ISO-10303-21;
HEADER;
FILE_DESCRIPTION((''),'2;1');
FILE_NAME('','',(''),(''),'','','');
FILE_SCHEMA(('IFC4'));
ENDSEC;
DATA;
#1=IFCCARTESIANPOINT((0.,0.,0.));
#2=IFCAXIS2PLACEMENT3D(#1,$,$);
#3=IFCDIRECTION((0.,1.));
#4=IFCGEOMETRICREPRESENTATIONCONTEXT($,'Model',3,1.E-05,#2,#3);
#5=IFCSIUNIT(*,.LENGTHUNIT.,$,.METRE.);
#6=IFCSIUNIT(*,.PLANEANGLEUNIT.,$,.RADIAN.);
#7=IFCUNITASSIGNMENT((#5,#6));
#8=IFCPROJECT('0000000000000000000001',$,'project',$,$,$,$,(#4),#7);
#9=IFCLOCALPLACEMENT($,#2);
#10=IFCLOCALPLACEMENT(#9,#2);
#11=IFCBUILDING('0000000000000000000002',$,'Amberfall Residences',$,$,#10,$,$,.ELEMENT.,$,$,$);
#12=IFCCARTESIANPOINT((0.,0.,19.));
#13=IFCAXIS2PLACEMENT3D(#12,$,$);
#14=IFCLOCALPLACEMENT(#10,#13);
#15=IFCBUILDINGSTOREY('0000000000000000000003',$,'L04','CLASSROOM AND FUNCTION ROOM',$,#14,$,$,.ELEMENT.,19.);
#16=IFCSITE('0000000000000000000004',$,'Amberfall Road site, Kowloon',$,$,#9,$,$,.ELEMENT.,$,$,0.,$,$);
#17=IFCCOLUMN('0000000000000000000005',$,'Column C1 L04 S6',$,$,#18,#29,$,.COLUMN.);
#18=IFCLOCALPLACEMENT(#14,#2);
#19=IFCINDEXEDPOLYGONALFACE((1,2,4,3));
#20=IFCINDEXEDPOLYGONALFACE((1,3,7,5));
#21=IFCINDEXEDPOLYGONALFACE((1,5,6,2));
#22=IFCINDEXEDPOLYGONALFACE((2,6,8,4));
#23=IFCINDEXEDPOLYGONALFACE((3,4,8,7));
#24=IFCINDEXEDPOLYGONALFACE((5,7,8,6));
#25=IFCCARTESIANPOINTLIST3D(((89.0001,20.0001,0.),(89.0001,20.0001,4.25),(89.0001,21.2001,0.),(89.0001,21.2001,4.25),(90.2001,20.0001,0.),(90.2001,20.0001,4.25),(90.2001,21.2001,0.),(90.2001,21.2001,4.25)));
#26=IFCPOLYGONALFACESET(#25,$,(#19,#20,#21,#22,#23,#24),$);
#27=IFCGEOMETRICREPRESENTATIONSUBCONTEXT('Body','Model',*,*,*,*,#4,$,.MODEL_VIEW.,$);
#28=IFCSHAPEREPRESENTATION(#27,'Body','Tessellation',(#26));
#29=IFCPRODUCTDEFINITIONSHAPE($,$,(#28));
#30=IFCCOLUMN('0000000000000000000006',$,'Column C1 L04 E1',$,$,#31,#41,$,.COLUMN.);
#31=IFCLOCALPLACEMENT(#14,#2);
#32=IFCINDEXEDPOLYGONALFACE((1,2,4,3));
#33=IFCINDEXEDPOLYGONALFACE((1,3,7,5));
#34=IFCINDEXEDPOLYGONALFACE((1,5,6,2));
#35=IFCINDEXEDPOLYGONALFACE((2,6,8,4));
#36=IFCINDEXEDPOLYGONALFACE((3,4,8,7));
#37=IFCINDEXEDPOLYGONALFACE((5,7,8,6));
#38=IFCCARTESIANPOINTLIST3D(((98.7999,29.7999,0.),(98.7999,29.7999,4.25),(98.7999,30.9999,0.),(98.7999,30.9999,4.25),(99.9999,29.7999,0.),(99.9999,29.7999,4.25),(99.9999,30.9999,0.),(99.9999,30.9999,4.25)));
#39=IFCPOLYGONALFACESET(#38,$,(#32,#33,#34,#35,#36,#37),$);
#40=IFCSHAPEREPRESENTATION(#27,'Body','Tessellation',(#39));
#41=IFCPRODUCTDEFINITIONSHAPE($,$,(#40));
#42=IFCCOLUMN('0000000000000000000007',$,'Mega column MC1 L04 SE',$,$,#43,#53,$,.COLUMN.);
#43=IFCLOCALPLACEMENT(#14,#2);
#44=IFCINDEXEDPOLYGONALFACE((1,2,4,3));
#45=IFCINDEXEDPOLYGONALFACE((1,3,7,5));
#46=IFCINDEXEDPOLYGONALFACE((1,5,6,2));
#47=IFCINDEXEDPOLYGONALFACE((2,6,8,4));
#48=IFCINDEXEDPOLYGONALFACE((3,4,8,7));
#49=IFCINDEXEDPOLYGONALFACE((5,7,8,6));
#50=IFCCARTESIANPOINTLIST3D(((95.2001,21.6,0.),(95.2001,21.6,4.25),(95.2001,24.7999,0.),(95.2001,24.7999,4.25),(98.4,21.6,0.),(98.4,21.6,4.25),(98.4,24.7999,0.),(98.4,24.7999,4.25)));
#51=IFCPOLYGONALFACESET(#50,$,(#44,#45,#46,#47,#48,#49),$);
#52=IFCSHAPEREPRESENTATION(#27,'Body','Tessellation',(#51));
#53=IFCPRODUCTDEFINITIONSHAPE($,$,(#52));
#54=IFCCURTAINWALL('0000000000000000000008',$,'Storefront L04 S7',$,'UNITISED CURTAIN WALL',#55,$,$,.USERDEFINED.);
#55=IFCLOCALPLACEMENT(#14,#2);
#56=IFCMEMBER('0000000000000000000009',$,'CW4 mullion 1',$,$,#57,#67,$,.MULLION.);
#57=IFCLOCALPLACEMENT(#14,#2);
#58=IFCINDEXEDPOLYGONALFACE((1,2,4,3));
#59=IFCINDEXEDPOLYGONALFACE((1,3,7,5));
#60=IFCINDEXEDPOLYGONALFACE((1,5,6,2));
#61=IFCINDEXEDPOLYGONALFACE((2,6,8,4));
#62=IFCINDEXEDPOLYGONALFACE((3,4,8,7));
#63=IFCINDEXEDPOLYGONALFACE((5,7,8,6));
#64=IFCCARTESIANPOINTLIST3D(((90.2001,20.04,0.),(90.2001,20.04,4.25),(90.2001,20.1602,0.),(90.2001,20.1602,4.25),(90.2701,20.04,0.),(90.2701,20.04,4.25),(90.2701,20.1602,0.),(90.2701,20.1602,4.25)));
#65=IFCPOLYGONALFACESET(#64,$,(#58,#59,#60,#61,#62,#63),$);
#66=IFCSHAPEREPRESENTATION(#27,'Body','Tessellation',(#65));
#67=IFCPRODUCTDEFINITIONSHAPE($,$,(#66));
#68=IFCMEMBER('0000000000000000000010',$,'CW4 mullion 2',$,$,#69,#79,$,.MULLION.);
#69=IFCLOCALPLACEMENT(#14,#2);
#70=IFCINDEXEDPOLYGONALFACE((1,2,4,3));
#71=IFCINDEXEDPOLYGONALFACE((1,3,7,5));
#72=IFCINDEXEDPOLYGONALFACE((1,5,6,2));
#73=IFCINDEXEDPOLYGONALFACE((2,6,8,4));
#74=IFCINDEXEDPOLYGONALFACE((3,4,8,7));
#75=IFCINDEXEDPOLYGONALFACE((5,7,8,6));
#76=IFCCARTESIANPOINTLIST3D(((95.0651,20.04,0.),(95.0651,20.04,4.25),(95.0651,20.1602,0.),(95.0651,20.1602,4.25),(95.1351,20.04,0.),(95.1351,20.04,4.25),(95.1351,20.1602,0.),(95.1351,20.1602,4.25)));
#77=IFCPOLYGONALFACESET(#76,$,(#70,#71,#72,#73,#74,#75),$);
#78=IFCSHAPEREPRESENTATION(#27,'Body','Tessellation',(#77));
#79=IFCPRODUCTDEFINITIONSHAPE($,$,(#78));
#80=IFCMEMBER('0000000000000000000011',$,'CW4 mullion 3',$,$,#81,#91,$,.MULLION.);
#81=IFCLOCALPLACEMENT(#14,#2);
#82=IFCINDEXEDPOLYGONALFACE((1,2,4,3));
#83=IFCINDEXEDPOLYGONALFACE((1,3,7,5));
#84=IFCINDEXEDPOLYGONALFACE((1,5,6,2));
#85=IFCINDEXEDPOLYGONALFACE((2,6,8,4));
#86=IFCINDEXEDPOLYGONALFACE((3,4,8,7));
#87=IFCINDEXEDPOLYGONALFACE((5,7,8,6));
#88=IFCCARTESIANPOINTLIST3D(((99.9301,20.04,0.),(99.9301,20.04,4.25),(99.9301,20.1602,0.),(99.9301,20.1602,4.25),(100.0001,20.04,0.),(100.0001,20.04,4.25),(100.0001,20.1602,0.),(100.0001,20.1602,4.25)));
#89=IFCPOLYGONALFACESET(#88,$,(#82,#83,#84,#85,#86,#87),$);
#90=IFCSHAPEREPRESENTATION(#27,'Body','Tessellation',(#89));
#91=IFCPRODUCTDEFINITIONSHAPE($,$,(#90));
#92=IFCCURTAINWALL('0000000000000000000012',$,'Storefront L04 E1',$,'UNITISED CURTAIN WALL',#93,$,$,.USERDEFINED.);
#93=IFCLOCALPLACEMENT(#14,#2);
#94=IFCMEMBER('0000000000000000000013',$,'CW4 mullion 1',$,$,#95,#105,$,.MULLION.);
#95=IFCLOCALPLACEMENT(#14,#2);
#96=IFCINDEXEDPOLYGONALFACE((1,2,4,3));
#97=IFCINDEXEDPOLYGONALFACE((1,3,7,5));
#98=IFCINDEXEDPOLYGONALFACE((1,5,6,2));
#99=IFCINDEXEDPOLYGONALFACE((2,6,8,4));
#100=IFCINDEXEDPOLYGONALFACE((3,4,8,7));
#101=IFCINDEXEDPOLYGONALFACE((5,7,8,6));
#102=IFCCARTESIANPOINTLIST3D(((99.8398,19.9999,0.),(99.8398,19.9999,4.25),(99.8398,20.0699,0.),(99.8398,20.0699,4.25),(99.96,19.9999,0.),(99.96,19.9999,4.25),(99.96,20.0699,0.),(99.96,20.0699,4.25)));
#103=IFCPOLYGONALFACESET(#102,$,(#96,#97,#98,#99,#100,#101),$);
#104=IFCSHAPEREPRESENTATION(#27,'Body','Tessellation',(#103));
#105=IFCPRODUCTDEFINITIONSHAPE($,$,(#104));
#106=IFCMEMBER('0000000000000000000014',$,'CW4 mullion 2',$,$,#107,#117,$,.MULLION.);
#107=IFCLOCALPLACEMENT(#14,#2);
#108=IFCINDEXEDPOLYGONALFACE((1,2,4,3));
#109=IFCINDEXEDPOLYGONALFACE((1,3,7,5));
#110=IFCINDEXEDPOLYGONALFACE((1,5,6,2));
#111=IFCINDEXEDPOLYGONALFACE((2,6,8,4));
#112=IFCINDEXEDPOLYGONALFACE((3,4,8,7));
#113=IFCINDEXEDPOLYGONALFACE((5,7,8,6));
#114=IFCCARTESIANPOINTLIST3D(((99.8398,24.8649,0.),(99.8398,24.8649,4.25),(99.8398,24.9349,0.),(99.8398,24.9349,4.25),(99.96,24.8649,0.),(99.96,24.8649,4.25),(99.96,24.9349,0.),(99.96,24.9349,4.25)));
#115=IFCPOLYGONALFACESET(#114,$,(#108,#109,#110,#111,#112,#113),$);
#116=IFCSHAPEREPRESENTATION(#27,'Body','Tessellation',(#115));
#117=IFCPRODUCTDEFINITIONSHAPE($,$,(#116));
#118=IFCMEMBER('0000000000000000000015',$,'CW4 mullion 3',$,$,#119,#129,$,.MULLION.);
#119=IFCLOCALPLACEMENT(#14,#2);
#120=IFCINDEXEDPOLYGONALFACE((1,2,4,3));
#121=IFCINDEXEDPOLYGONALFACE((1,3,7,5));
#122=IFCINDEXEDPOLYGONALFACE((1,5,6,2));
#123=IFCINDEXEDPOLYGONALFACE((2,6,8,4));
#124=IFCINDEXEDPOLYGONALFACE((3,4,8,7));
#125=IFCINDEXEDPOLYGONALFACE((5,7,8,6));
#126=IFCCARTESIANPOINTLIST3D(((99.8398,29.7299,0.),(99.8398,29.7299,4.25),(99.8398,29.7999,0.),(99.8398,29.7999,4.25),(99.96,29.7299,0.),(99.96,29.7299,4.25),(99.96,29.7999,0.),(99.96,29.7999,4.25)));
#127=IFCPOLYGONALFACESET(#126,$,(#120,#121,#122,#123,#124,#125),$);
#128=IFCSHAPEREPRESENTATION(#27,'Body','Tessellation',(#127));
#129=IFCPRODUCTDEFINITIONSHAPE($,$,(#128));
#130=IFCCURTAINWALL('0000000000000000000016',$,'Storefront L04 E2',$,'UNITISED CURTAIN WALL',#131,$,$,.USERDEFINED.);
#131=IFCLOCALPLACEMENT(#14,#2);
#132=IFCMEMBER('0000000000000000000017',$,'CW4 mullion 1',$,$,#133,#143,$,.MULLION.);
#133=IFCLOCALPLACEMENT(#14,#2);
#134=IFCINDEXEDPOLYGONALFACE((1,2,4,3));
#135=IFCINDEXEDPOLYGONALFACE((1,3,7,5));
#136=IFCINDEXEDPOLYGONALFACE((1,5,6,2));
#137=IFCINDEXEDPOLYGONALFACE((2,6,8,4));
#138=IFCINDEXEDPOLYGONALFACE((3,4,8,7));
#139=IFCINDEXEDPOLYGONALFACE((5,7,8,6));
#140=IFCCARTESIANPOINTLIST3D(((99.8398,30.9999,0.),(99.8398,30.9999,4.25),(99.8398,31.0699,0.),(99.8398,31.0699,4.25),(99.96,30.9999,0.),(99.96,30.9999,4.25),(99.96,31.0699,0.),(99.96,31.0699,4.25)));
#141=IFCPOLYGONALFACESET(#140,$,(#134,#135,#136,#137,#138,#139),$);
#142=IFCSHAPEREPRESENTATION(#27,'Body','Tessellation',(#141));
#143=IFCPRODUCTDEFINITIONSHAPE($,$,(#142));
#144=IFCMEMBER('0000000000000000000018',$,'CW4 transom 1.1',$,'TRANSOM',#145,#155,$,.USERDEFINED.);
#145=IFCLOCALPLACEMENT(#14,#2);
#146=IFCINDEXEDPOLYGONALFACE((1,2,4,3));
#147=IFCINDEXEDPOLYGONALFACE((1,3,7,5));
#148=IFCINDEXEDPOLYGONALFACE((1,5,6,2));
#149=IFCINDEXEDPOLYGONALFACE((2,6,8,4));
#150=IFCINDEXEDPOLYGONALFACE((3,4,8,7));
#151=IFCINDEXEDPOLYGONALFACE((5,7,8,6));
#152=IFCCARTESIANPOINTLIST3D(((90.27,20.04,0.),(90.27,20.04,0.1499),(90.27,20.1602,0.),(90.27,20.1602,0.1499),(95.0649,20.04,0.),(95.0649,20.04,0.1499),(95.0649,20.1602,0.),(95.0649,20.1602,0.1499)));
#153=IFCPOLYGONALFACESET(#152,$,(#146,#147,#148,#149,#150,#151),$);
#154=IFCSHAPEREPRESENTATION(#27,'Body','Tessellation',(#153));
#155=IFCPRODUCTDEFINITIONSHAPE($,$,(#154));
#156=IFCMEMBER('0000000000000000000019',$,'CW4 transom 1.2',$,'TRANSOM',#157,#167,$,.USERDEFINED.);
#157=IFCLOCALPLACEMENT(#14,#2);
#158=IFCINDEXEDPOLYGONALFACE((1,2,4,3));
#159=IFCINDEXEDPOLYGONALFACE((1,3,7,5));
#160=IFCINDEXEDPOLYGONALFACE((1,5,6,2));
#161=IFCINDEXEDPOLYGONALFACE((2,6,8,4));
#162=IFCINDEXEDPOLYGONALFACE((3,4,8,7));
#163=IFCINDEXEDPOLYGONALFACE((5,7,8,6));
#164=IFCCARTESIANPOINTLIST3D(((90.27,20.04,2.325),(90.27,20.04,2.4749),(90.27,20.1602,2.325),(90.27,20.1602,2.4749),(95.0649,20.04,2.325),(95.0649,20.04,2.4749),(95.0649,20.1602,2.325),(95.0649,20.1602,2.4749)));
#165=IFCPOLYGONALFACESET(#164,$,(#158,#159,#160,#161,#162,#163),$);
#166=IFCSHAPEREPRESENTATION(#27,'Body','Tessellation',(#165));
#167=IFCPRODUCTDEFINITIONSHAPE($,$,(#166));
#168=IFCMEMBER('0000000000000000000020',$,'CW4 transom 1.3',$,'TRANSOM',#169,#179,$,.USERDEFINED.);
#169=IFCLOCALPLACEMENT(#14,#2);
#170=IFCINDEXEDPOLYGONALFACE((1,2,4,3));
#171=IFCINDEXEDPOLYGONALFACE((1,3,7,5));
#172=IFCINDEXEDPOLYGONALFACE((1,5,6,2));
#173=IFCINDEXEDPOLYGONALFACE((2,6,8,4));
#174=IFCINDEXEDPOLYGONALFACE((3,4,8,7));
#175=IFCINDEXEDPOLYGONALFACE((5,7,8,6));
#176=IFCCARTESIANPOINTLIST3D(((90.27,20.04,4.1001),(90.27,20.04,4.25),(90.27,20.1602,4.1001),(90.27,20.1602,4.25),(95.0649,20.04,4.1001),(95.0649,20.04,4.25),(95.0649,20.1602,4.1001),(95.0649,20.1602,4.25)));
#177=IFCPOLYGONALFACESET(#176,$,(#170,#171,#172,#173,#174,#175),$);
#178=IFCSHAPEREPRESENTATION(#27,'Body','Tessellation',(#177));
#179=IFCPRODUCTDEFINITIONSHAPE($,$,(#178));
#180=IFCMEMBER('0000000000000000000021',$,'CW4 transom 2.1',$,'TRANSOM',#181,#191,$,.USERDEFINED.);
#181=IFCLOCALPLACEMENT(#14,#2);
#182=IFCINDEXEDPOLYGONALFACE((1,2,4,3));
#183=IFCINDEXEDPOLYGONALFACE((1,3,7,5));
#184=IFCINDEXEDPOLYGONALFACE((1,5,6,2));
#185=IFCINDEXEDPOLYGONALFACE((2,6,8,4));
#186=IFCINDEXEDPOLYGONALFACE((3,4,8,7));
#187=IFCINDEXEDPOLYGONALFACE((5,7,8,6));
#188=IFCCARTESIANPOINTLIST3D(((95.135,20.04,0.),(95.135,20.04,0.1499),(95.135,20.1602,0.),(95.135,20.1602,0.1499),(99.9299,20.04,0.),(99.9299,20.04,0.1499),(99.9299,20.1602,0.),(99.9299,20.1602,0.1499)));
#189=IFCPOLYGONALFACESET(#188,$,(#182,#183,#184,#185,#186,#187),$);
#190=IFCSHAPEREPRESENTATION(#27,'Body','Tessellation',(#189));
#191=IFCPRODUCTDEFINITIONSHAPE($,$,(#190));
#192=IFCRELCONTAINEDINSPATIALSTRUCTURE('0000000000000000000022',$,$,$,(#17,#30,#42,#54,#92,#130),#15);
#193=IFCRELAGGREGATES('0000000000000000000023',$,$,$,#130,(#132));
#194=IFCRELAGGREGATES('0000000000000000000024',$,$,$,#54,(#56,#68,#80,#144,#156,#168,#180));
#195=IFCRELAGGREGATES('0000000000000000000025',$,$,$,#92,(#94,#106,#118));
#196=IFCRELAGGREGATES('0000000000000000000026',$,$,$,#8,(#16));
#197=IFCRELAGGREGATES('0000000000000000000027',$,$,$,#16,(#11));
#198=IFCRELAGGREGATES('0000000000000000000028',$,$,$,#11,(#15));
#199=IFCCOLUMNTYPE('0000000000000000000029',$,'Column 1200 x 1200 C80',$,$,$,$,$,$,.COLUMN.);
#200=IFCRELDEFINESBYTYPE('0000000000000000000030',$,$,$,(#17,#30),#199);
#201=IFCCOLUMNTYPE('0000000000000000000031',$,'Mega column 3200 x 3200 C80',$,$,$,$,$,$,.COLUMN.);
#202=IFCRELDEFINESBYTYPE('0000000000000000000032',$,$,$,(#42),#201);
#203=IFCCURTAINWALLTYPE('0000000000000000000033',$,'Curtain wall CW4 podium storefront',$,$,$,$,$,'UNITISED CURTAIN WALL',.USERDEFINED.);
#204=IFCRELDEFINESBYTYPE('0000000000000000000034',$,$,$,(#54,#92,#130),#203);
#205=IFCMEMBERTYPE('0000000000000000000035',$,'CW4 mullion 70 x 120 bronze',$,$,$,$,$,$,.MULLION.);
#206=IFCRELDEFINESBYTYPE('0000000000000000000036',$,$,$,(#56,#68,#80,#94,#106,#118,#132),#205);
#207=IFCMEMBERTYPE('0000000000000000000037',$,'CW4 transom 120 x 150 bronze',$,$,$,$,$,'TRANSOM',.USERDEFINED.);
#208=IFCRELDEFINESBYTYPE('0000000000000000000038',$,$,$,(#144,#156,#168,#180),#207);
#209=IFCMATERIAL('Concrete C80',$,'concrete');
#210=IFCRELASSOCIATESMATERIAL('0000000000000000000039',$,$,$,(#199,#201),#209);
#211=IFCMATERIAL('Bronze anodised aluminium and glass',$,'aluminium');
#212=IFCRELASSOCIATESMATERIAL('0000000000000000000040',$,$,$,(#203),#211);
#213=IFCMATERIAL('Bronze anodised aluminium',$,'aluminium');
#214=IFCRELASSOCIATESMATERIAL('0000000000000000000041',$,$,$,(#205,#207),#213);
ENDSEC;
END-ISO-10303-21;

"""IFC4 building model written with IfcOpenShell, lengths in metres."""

from ifc_helpers import new_model, si_unit, direction, frame, origin, origin_2d, place, context, subcontext, project, spatial, rectangle, extrude, material, material_profile, profile_set, type_object, element, aggregate, save


model = new_model("IFC4")

# Units and contexts
model_context = context("Model", 3, precision=1e-05, world=origin(), true_north=direction((0.0, 1.0)))
body_context = subcontext(model_context, "Body", "Model", "MODEL_VIEW")
ifc_project = project(units=[si_unit("LENGTHUNIT", "METRE"), si_unit("PLANEANGLEUNIT", "RADIAN")], contexts=[model_context])

# Site, building, storey
site_placement = place(None, origin())
site = spatial("IfcSite", under=ifc_project, at=site_placement, Name="Amberfall Road site, Kowloon", CompositionType="ELEMENT", RefElevation=0.0)
building_placement = place(site_placement, origin())
building = spatial("IfcBuilding", under=site, at=building_placement, Name="Amberfall Residences", CompositionType="ELEMENT")
storey_placement = place(building_placement, frame((0.0, 0.0, 19.0)))
storey = spatial("IfcBuildingStorey", under=building, at=storey_placement, Name="L04", Description="CLASSROOM AND FUNCTION ROOM", CompositionType="ELEMENT", Elevation=19.0)

# Columns
ifc_material_1 = material(Name="Concrete C80", Category="concrete")
ifc_material_profile_1 = material_profile(ifc_material_1, rectangle(XDim=1.2, YDim=1.2, at=origin_2d()), Name="Column 1200 x 1200 C80")
ifc_profile_set_1 = profile_set([ifc_material_profile_1], Name="Concrete C80")
column_type_1 = type_object("IfcColumnType", Name="Column 1200 x 1200 C80", PredefinedType="COLUMN", material=ifc_profile_set_1)
for number, where, z_axis, x_axis, name in (
    (1, (89.6001, 20.6001, 0.0), (0.0, 0.0, 1.0), (1.0, 0.0, 0.0), "Column C1 L04 S6"),
    (2, (99.3999, 30.3999, 0.0), (0.0, 0.0, 1.0), (1.0, 0.0, 0.0), "Column C1 L04 E1"),
):
    element("IfcColumn", number, at=place(storey_placement, frame(where, z_axis=z_axis, x_axis=x_axis)), inside=storey, type_object=column_type_1, Name=name, PredefinedType="COLUMN", context=body_context, shape_type="SweptSolid", body=[
        extrude(rectangle(XDim=1.2, YDim=1.2, at=origin_2d()), origin(), (0.0, 0.0, 1.0), 4.25),
    ])
ifc_material_profile_2 = material_profile(ifc_material_1, rectangle(XDim=3.2, YDim=3.2, at=origin_2d()), Name="Mega column 3200 x 3200 C80")
ifc_profile_set_2 = profile_set([ifc_material_profile_2], Name="Concrete C80")
column_type_2 = type_object("IfcColumnType", Name="Mega column 3200 x 3200 C80", PredefinedType="COLUMN", material=ifc_profile_set_2)
column_placement = place(storey_placement, frame((96.8, 23.2, 0.0), z_axis=(0.0, 0.0, 1.0), x_axis=(1.0, 0.0, 0.0)))
element("IfcColumn", 3, at=column_placement, inside=storey, type_object=column_type_2, Name="Mega column MC1 L04 SE", PredefinedType="COLUMN", context=body_context, shape_type="SweptSolid", body=[
    extrude(rectangle(XDim=3.2, YDim=3.2, at=origin_2d()), origin(), (0.0, 0.0, 1.0), 4.25),
])

# Curtain walls, members
ifc_material_2 = material(Name="Bronze anodised aluminium and glass", Category="aluminium")
curtain_wall_type = type_object("IfcCurtainWallType", Name="Curtain wall CW4 podium storefront", ElementType="UNITISED CURTAIN WALL", PredefinedType="USERDEFINED", material=ifc_material_2)
curtain_wall_1_placement = place(storey_placement, origin())
curtain_wall_1 = element("IfcCurtainWall", 4, at=curtain_wall_1_placement, inside=storey, type_object=curtain_wall_type, Name="Storefront L04 S7", ObjectType="UNITISED CURTAIN WALL", PredefinedType="USERDEFINED")
ifc_material_3 = material(Name="Bronze anodised aluminium", Category="aluminium")
ifc_material_profile_3 = material_profile(ifc_material_3, rectangle(XDim=0.1201, YDim=0.0701, at=origin_2d()), Name="CW4 mullion 70 x 120 bronze")
ifc_profile_set_3 = profile_set([ifc_material_profile_3], Name="Bronze anodised aluminium")
member_type_1 = type_object("IfcMemberType", Name="CW4 mullion 70 x 120 bronze", PredefinedType="MULLION", material=ifc_profile_set_3)
member_1_placement = place(storey_placement, frame((90.2351, 20.1001, 0.0), z_axis=(0.0, 0.0, 1.0), x_axis=(0.0, 1.0, 0.0)))
member_1 = element("IfcMember", 5, at=member_1_placement, type_object=member_type_1, Name="CW4 mullion 1", PredefinedType="MULLION", context=body_context, shape_type="SweptSolid", body=[
    extrude(rectangle(XDim=0.1201, YDim=0.0701, at=origin_2d()), origin(), (0.0, 0.0, 1.0), 4.25),
])
member_2_placement = place(storey_placement, frame((95.1001, 20.1001, 0.0), z_axis=(0.0, 0.0, 1.0), x_axis=(0.0, 1.0, 0.0)))
member_2 = element("IfcMember", 6, at=member_2_placement, type_object=member_type_1, Name="CW4 mullion 2", PredefinedType="MULLION", context=body_context, shape_type="SweptSolid", body=[
    extrude(rectangle(XDim=0.1201, YDim=0.0701, at=origin_2d()), origin(), (0.0, 0.0, 1.0), 4.25),
])
member_3_placement = place(storey_placement, frame((99.9651, 20.1001, 0.0), z_axis=(0.0, 0.0, 1.0), x_axis=(0.0, 1.0, 0.0)))
member_3 = element("IfcMember", 7, at=member_3_placement, type_object=member_type_1, Name="CW4 mullion 3", PredefinedType="MULLION", context=body_context, shape_type="SweptSolid", body=[
    extrude(rectangle(XDim=0.1201, YDim=0.0701, at=origin_2d()), origin(), (0.0, 0.0, 1.0), 4.25),
])
curtain_wall_2_placement = place(storey_placement, origin())
curtain_wall_2 = element("IfcCurtainWall", 8, at=curtain_wall_2_placement, inside=storey, type_object=curtain_wall_type, Name="Storefront L04 E1", ObjectType="UNITISED CURTAIN WALL", PredefinedType="USERDEFINED")
member_4_placement = place(storey_placement, frame((99.8999, 20.0349, 0.0), z_axis=(0.0, 0.0, 1.0), x_axis=(-1.0, 0.0, 0.0)))
member_4 = element("IfcMember", 9, at=member_4_placement, type_object=member_type_1, Name="CW4 mullion 1", PredefinedType="MULLION", context=body_context, shape_type="SweptSolid", body=[
    extrude(rectangle(XDim=0.1201, YDim=0.0701, at=origin_2d()), origin(), (0.0, 0.0, 1.0), 4.25),
])
member_5_placement = place(storey_placement, frame((99.8999, 24.8999, 0.0), z_axis=(0.0, 0.0, 1.0), x_axis=(-1.0, 0.0, 0.0)))
member_5 = element("IfcMember", 10, at=member_5_placement, type_object=member_type_1, Name="CW4 mullion 2", PredefinedType="MULLION", context=body_context, shape_type="SweptSolid", body=[
    extrude(rectangle(XDim=0.1201, YDim=0.0701, at=origin_2d()), origin(), (0.0, 0.0, 1.0), 4.25),
])
member_6_placement = place(storey_placement, frame((99.8999, 29.7649, 0.0), z_axis=(0.0, 0.0, 1.0), x_axis=(-1.0, 0.0, 0.0)))
member_6 = element("IfcMember", 11, at=member_6_placement, type_object=member_type_1, Name="CW4 mullion 3", PredefinedType="MULLION", context=body_context, shape_type="SweptSolid", body=[
    extrude(rectangle(XDim=0.1201, YDim=0.0701, at=origin_2d()), origin(), (0.0, 0.0, 1.0), 4.25),
])

# Curtain wall, member
curtain_wall_3_placement = place(storey_placement, origin())
curtain_wall_3 = element("IfcCurtainWall", 12, at=curtain_wall_3_placement, inside=storey, type_object=curtain_wall_type, Name="Storefront L04 E2", ObjectType="UNITISED CURTAIN WALL", PredefinedType="USERDEFINED")
member_7_placement = place(storey_placement, frame((99.8999, 31.0349, 0.0), z_axis=(0.0, 0.0, 1.0), x_axis=(-1.0, 0.0, 0.0)))
member_7 = element("IfcMember", 13, at=member_7_placement, type_object=member_type_1, Name="CW4 mullion 1", PredefinedType="MULLION", context=body_context, shape_type="SweptSolid", body=[
    extrude(rectangle(XDim=0.1201, YDim=0.0701, at=origin_2d()), origin(), (0.0, 0.0, 1.0), 4.25),
])

# Members
ifc_material_profile_4 = material_profile(ifc_material_3, rectangle(XDim=0.1201, YDim=0.1499, at=origin_2d()), Name="CW4 transom 120 x 150 bronze")
ifc_profile_set_4 = profile_set([ifc_material_profile_4], Name="Bronze anodised aluminium")
member_type_2 = type_object("IfcMemberType", Name="CW4 transom 120 x 150 bronze", ElementType="TRANSOM", PredefinedType="USERDEFINED", material=ifc_profile_set_4)
member_8_placement = place(storey_placement, frame((90.27, 20.1001, 0.075), z_axis=(1.0, 0.0, 0.0), x_axis=(0.0, 1.0, 0.0)))
member_8 = element("IfcMember", 14, at=member_8_placement, type_object=member_type_2, Name="CW4 transom 1.1", ObjectType="TRANSOM", PredefinedType="USERDEFINED", context=body_context, shape_type="SweptSolid", body=[
    extrude(rectangle(XDim=0.1201, YDim=0.1499, at=origin_2d()), origin(), (0.0, 0.0, 1.0), 4.7949),
])
member_9_placement = place(storey_placement, frame((90.27, 20.1001, 2.3999), z_axis=(1.0, 0.0, 0.0), x_axis=(0.0, 1.0, 0.0)))
member_9 = element("IfcMember", 15, at=member_9_placement, type_object=member_type_2, Name="CW4 transom 1.2", ObjectType="TRANSOM", PredefinedType="USERDEFINED", context=body_context, shape_type="SweptSolid", body=[
    extrude(rectangle(XDim=0.1201, YDim=0.1499, at=origin_2d()), origin(), (0.0, 0.0, 1.0), 4.7949),
])
member_10_placement = place(storey_placement, frame((90.27, 20.1001, 4.175), z_axis=(1.0, 0.0, 0.0), x_axis=(0.0, 1.0, 0.0)))
member_10 = element("IfcMember", 16, at=member_10_placement, type_object=member_type_2, Name="CW4 transom 1.3", ObjectType="TRANSOM", PredefinedType="USERDEFINED", context=body_context, shape_type="SweptSolid", body=[
    extrude(rectangle(XDim=0.1201, YDim=0.1499, at=origin_2d()), origin(), (0.0, 0.0, 1.0), 4.7949),
])
member_11_placement = place(storey_placement, frame((95.135, 20.1001, 0.075), z_axis=(1.0, 0.0, 0.0), x_axis=(0.0, 1.0, 0.0)))
member_11 = element("IfcMember", 17, at=member_11_placement, type_object=member_type_2, Name="CW4 transom 2.1", ObjectType="TRANSOM", PredefinedType="USERDEFINED", context=body_context, shape_type="SweptSolid", body=[
    extrude(rectangle(XDim=0.1201, YDim=0.1499, at=origin_2d()), origin(), (0.0, 0.0, 1.0), 4.7949),
])
aggregate(curtain_wall_3, [member_7])

aggregate(curtain_wall_1, [member_1, member_2, member_3, member_8, member_9, member_10, member_11])
aggregate(curtain_wall_2, [member_4, member_5, member_6])

save(model, "model.ifc")
